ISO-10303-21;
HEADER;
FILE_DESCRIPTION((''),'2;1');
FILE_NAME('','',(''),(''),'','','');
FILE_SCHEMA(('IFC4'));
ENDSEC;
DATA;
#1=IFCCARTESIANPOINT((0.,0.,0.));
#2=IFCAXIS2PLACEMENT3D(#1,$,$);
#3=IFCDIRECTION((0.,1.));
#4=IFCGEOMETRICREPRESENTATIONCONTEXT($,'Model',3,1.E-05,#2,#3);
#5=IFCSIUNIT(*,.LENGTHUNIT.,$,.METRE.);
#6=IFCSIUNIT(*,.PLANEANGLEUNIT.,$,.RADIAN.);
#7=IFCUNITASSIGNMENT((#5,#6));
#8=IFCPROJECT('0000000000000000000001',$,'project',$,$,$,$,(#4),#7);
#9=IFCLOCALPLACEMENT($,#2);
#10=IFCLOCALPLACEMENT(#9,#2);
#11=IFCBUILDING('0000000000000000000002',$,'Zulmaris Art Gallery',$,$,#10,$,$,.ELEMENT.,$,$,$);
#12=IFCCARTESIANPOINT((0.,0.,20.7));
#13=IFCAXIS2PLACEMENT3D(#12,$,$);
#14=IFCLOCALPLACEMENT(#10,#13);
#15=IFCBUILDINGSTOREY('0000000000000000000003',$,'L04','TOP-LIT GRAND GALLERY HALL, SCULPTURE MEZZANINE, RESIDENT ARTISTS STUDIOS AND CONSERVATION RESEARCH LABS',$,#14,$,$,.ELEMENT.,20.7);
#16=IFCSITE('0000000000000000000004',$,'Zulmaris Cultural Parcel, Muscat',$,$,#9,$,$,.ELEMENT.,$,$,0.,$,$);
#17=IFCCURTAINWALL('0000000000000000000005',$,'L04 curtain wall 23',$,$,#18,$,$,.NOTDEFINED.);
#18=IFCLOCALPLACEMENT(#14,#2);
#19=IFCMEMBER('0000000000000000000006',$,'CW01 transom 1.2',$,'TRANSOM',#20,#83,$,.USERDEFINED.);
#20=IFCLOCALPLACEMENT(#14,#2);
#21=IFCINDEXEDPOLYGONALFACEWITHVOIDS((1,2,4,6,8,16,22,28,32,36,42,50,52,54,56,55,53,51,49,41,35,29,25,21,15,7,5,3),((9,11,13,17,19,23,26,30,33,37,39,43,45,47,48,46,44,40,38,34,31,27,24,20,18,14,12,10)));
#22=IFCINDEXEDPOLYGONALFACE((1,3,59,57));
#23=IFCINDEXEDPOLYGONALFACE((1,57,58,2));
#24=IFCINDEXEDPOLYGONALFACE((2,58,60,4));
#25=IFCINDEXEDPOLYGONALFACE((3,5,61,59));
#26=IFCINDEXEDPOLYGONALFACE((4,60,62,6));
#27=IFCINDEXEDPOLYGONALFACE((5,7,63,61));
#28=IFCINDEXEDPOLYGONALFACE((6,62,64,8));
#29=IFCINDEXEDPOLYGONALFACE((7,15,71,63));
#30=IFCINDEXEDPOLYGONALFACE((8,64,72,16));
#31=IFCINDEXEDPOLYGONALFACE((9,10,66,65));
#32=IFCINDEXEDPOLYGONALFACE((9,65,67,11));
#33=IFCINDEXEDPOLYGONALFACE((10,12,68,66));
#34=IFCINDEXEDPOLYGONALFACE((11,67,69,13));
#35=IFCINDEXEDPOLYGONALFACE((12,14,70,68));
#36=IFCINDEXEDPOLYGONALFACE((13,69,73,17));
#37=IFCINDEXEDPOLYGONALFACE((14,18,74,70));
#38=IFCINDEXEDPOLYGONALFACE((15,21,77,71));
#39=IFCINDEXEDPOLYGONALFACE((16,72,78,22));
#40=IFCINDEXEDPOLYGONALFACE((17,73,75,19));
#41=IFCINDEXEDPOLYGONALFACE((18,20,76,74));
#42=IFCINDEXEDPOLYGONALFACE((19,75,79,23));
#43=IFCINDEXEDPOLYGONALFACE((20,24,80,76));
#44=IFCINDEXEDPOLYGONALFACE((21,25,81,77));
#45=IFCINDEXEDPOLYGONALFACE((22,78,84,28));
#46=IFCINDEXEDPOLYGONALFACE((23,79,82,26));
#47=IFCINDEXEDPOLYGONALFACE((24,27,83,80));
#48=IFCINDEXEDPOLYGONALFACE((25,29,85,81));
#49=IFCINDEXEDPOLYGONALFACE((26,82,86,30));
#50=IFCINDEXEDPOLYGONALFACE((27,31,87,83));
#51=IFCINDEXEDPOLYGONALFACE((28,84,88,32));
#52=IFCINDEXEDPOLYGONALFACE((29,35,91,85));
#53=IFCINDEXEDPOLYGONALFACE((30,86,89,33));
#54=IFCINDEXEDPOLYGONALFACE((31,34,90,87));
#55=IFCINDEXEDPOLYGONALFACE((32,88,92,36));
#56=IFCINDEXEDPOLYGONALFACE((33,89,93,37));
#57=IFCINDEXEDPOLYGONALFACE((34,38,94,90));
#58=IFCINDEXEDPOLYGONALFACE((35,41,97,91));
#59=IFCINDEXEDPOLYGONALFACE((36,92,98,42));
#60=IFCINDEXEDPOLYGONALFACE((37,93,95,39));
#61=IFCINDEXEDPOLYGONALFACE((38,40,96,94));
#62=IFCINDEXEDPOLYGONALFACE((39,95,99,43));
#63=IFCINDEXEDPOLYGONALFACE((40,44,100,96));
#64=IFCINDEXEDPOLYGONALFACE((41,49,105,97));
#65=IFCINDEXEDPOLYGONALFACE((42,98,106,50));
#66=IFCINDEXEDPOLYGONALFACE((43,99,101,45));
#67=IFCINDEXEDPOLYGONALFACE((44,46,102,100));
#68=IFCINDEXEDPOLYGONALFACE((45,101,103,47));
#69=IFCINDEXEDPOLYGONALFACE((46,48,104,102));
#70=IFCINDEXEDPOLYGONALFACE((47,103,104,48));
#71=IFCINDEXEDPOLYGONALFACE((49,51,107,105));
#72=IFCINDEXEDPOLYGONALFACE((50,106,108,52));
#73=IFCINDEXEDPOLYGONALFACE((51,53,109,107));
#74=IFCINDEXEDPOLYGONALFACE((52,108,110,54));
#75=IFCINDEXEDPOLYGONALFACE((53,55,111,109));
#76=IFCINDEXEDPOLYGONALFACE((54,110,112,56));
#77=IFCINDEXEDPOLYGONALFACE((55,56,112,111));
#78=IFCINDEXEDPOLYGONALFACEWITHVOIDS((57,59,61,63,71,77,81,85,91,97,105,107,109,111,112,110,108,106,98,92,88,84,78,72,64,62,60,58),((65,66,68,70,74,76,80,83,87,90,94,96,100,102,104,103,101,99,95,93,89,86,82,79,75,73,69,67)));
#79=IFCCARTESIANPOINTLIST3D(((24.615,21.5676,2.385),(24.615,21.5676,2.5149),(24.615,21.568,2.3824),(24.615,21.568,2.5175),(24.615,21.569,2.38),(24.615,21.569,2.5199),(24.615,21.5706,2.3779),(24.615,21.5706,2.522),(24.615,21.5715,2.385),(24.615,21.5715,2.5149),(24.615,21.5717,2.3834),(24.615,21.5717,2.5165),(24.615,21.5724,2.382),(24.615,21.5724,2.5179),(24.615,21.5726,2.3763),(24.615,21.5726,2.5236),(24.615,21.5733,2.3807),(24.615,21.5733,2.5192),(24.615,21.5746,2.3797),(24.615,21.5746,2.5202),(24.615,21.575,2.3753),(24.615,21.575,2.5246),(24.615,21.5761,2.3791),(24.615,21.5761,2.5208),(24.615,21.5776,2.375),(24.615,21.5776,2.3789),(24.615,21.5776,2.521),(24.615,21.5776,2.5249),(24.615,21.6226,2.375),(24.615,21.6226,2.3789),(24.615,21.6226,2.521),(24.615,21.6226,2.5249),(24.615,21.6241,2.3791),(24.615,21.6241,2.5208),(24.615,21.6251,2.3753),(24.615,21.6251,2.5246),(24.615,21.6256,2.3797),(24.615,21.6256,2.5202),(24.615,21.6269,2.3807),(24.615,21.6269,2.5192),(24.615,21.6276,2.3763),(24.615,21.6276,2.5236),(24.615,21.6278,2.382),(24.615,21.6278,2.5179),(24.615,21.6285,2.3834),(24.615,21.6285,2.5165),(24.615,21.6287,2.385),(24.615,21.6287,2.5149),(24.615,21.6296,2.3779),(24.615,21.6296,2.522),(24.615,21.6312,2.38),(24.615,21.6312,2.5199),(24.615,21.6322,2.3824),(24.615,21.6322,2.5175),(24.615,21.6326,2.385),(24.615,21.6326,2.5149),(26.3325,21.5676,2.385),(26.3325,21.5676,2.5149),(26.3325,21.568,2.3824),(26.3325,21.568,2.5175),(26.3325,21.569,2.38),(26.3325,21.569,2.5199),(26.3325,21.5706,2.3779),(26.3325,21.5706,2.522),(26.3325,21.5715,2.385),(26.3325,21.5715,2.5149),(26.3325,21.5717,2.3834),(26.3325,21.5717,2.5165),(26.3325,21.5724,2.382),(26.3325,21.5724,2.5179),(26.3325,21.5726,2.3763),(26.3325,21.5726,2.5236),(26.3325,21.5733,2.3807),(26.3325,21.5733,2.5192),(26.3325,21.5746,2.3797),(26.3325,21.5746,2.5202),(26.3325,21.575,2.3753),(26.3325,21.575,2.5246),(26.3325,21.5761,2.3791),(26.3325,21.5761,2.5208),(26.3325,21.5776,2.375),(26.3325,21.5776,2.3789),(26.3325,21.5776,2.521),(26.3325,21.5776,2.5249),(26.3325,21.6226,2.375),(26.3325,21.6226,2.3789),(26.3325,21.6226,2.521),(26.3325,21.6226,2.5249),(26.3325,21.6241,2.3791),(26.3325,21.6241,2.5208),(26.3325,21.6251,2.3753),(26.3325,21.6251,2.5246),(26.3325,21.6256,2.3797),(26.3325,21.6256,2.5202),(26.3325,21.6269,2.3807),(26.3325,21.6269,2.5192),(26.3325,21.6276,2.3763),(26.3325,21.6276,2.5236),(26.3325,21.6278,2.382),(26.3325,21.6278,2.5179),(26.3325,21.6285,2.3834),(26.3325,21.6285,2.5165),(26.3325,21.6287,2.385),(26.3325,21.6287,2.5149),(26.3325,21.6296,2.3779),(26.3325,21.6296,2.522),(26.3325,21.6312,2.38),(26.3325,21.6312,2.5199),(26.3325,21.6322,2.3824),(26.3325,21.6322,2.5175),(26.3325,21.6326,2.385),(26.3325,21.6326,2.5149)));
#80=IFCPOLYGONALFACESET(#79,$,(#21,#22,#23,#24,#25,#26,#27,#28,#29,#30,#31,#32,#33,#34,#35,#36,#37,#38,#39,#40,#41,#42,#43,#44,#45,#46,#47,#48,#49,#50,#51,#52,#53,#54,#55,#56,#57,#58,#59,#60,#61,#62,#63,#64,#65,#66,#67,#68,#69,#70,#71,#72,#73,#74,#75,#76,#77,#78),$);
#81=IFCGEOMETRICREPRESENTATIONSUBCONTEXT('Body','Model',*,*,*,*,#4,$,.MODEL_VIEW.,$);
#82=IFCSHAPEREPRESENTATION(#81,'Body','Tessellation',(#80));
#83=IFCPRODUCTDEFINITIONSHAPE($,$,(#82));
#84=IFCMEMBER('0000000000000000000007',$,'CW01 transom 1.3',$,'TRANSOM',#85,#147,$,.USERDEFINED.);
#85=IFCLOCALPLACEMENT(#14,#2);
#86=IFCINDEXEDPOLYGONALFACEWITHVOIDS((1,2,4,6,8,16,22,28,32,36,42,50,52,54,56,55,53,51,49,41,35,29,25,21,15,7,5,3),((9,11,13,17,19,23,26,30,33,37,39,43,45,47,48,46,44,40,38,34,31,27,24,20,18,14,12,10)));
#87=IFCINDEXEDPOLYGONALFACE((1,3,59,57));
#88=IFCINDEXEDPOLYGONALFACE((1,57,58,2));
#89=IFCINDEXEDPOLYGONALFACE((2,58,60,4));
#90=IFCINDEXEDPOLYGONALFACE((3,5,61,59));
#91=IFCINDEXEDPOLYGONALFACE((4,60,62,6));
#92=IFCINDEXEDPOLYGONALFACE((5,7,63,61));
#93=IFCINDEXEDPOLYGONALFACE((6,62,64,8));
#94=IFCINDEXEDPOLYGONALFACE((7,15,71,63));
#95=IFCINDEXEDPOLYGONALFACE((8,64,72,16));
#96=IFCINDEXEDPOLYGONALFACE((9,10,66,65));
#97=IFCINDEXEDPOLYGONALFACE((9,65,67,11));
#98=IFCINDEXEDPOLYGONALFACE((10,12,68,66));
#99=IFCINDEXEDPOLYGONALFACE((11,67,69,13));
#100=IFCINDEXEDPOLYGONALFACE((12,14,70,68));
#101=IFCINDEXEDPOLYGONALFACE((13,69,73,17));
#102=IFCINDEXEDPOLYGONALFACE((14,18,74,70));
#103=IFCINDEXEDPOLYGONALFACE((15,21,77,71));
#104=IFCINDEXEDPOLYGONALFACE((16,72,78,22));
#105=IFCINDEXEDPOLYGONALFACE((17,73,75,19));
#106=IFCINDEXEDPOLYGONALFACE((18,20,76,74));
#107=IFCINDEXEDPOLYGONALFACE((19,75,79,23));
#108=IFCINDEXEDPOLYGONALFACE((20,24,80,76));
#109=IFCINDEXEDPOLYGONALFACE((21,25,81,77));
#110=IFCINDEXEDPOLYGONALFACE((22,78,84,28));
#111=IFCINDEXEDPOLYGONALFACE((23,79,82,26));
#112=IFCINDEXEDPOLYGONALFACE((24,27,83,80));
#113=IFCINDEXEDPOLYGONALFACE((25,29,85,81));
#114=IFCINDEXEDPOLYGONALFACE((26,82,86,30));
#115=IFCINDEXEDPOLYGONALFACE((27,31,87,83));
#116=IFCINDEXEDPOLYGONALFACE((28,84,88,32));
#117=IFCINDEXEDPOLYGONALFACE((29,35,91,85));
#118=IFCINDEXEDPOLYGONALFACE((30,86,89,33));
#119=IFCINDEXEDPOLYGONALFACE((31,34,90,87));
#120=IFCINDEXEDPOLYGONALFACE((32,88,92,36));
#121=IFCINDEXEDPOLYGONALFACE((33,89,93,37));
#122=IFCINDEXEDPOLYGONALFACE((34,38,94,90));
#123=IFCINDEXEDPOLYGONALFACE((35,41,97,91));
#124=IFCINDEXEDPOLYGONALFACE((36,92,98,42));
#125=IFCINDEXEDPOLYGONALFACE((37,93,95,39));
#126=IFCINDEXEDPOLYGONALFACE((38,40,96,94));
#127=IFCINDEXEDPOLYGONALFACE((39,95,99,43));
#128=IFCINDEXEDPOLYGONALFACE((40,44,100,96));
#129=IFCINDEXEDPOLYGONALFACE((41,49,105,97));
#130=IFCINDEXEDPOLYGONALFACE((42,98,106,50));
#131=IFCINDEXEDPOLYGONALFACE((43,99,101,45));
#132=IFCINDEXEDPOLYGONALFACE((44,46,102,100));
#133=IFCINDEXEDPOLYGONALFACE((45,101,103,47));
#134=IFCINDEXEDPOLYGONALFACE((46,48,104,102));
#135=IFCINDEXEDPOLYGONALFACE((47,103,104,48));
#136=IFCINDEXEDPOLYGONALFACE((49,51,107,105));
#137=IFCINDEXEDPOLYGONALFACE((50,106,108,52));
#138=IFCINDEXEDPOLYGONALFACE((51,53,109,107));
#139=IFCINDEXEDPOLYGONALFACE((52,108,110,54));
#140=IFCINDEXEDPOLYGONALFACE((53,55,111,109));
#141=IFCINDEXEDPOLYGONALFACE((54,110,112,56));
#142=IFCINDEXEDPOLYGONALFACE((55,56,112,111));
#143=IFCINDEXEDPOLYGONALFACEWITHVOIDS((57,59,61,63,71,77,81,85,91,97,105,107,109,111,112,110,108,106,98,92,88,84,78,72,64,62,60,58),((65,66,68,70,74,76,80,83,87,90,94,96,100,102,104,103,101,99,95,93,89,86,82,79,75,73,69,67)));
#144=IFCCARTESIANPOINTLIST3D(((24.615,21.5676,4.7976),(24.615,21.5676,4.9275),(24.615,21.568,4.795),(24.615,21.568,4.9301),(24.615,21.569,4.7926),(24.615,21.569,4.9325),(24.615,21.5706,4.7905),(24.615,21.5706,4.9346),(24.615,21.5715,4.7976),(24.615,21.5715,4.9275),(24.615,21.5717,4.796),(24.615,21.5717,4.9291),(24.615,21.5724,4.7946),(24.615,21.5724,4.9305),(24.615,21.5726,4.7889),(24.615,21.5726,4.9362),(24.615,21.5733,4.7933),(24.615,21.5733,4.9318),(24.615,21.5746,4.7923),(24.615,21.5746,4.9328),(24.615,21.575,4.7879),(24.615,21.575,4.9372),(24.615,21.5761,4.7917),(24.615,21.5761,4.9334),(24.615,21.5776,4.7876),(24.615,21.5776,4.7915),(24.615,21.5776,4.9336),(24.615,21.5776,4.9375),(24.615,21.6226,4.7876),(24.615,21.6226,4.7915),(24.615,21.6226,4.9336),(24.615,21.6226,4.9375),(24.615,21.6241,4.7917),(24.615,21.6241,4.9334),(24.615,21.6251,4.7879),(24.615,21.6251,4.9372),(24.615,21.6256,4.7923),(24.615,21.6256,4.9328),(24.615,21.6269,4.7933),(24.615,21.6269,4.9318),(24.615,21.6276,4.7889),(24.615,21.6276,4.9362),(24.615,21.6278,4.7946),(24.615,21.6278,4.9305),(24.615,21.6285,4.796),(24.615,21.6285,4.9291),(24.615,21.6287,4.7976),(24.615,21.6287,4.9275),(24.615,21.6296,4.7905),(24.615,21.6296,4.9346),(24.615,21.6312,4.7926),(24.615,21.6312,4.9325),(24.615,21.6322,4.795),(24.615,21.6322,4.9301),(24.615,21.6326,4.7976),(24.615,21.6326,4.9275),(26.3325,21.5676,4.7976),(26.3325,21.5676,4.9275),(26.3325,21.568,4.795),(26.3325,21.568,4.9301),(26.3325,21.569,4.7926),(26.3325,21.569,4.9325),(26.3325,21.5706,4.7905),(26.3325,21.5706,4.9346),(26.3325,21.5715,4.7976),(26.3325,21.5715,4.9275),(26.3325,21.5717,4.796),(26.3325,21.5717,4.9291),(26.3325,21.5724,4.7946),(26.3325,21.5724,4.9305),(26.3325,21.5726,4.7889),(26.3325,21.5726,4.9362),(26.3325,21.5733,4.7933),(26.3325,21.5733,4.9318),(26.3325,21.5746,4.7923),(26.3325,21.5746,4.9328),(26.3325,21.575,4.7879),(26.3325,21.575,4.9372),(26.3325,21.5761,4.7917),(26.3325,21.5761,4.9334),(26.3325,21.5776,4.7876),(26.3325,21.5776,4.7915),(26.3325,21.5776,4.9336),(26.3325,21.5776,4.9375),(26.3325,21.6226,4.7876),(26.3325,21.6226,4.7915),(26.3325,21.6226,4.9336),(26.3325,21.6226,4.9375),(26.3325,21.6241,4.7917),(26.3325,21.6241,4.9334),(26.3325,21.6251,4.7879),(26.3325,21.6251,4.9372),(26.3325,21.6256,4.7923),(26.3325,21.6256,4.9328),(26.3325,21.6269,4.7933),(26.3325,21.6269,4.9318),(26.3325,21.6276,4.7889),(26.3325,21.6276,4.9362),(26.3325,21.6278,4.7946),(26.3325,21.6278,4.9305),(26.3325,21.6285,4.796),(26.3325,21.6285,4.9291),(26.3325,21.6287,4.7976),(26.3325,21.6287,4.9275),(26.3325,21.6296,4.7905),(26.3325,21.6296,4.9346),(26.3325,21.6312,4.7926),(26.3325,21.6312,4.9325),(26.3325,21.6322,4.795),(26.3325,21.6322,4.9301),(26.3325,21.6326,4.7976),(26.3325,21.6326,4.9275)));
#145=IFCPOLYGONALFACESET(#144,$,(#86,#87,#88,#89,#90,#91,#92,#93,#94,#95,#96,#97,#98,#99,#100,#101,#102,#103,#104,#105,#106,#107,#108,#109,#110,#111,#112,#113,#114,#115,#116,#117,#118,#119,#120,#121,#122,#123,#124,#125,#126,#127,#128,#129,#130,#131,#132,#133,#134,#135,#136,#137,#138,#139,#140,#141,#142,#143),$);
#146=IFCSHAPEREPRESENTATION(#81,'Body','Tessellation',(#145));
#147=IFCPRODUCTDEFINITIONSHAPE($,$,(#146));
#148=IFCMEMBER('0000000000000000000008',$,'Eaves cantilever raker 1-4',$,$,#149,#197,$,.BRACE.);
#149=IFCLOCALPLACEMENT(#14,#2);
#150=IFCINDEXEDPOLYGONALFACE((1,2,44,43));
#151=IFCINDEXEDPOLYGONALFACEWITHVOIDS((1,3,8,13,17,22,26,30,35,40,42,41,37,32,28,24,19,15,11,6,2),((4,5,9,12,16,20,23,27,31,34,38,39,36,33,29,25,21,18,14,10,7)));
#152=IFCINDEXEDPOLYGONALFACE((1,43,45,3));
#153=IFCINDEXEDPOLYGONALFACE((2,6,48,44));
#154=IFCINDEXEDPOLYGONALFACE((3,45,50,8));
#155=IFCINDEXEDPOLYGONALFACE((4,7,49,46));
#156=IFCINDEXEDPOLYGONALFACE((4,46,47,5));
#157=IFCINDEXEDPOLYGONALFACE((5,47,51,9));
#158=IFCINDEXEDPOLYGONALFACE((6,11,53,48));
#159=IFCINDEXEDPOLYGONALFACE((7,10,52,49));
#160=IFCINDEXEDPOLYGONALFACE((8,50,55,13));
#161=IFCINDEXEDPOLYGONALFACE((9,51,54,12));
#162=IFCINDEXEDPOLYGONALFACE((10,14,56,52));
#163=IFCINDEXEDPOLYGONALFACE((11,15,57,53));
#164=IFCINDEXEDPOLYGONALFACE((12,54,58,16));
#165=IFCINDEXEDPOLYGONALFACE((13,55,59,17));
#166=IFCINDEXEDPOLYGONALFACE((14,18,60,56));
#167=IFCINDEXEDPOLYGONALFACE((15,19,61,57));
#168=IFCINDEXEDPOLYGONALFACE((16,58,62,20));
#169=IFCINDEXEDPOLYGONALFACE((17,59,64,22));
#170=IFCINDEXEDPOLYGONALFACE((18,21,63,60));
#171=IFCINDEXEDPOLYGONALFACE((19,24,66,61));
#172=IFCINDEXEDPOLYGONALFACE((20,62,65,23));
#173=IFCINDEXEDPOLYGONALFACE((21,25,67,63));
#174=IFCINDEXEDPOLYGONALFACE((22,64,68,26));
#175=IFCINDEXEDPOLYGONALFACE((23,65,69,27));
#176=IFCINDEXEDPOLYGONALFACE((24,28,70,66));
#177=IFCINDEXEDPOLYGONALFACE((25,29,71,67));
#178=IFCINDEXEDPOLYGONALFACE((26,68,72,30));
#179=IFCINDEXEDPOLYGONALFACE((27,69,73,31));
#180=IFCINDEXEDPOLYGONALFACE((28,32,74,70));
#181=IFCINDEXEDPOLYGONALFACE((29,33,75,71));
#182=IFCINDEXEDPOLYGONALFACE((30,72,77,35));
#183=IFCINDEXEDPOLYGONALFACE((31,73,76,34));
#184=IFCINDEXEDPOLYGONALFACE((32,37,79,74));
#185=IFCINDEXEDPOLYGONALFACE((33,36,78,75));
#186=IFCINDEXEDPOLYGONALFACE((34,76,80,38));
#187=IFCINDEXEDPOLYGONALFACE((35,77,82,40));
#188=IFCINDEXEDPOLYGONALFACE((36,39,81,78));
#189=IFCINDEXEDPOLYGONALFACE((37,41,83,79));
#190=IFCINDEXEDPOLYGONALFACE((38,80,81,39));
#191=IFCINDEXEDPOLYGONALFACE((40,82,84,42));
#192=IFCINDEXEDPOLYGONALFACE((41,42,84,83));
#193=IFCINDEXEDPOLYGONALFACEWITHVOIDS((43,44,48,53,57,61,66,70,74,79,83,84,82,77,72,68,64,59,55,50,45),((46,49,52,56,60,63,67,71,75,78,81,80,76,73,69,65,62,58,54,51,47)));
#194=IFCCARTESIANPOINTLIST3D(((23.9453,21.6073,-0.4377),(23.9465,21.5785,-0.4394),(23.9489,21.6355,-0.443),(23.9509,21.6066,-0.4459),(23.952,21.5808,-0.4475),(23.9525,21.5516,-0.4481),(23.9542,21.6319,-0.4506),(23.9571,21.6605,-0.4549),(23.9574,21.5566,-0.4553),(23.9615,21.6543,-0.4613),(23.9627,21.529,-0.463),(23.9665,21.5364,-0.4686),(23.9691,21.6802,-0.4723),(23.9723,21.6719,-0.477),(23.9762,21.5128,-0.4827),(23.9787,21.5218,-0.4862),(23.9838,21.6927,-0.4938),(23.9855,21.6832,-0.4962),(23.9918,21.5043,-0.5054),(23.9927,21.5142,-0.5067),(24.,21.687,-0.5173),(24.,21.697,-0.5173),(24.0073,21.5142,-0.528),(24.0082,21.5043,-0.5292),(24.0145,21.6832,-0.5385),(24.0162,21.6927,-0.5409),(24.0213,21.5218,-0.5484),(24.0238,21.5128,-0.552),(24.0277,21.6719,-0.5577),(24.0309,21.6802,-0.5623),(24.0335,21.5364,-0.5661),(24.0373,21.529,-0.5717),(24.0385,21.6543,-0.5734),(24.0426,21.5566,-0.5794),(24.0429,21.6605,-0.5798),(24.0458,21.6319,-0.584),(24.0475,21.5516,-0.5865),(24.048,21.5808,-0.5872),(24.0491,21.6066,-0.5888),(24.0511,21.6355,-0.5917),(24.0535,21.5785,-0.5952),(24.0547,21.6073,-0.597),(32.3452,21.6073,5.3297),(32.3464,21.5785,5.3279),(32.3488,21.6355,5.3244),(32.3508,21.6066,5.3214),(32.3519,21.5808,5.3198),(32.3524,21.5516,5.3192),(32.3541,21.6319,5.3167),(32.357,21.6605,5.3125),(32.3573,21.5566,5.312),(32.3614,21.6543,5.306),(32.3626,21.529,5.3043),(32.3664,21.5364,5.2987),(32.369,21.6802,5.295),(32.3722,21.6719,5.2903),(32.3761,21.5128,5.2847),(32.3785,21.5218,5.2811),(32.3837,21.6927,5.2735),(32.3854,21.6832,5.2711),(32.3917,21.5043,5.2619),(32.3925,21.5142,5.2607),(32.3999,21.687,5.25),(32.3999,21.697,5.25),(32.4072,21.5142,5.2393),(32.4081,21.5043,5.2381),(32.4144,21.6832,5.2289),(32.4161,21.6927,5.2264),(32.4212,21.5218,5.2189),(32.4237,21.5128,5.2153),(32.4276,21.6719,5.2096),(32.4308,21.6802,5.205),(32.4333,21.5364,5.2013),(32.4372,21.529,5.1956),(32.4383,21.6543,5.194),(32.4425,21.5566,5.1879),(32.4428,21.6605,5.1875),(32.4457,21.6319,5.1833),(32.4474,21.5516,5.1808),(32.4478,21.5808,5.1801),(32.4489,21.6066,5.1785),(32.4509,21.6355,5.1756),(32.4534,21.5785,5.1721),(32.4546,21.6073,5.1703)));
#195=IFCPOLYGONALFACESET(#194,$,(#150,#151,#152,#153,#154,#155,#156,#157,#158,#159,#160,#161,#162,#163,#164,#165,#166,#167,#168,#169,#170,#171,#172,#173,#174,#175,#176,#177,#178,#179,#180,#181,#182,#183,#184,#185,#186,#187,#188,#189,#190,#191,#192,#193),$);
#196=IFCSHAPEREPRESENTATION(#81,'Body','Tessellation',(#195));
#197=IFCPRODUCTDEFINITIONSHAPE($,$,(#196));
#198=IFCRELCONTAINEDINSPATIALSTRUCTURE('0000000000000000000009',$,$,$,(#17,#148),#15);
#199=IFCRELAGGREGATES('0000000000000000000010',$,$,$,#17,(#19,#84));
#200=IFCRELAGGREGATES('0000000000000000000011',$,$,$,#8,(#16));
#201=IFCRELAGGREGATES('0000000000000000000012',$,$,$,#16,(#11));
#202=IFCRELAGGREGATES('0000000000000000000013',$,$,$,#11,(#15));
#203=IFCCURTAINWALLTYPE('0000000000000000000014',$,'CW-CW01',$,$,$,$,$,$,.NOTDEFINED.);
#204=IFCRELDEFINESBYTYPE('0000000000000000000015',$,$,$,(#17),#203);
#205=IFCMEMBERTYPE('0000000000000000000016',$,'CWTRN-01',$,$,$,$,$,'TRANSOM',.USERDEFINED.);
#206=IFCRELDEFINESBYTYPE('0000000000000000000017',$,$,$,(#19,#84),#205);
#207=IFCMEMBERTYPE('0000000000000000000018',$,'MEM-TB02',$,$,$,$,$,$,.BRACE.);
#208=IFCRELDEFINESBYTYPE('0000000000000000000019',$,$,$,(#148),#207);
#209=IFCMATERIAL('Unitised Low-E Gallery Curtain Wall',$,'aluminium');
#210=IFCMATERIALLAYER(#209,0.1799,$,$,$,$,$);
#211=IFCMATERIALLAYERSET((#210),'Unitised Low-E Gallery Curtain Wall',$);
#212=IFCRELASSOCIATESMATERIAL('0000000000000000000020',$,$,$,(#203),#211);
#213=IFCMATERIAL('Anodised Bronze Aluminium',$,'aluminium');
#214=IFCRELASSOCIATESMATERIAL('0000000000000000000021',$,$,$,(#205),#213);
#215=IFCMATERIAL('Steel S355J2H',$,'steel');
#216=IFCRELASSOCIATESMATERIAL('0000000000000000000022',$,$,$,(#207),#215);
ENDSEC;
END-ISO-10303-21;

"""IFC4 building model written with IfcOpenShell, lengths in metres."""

from ifc_helpers import new_model, si_unit, direction, frame, origin, origin_2d, place, context, subcontext, project, spatial, hollow_rectangle, hollow_circle, extrude, material, layer, layer_set, material_profile, profile_set, type_object, element, aggregate, save


model = new_model("IFC4")

# Units and contexts
model_context = context("Model", 3, precision=1e-05, world=origin(), true_north=direction((0.0, 1.0)))
body_context = subcontext(model_context, "Body", "Model", "MODEL_VIEW")
ifc_project = project(units=[si_unit("LENGTHUNIT", "METRE"), si_unit("PLANEANGLEUNIT", "RADIAN")], contexts=[model_context])

# Site, building, storey
site_placement = place(None, origin())
site = spatial("IfcSite", under=ifc_project, at=site_placement, Name="Zulmaris Cultural Parcel, Muscat", CompositionType="ELEMENT", RefElevation=0.0)
building_placement = place(site_placement, origin())
building = spatial("IfcBuilding", under=site, at=building_placement, Name="Zulmaris Art Gallery", CompositionType="ELEMENT")
storey_placement = place(building_placement, frame((0.0, 0.0, 20.7)))
storey = spatial("IfcBuildingStorey", under=building, at=storey_placement, Name="L04", Description="TOP-LIT GRAND GALLERY HALL, SCULPTURE MEZZANINE, RESIDENT ARTISTS STUDIOS AND CONSERVATION RESEARCH LABS", CompositionType="ELEMENT", Elevation=20.7)

# Shared definitions
ifc_material_1 = material(Name="Unitised Low-E Gallery Curtain Wall", Category="aluminium")
ifc_layer_1 = layer(ifc_material_1, 0.1799)
ifc_layer_set_1 = layer_set([ifc_layer_1], Name="Unitised Low-E Gallery Curtain Wall")
curtain_wall_type_1 = type_object("IfcCurtainWallType", Name="CW-CW01", PredefinedType="NOTDEFINED", material=ifc_layer_set_1)
ifc_material_2 = material(Name="Anodised Bronze Aluminium", Category="aluminium")

# Curtain wall
curtain_wall_1_placement = place(storey_placement, origin())
curtain_wall_1 = element("IfcCurtainWall", 1, at=curtain_wall_1_placement, inside=storey, type_object=curtain_wall_type_1, Name="L04 curtain wall 23", PredefinedType="NOTDEFINED")

# Members
ifc_material_profile_1 = material_profile(ifc_material_2, hollow_rectangle(XDim=0.0649, YDim=0.1499, WallThickness=0.0039, InnerFilletRadius=0.0061, OuterFilletRadius=0.01, at=origin_2d()), Name="ALU 65x150x4")
ifc_profile_set_1 = profile_set([ifc_material_profile_1], Name="Anodised Bronze Aluminium")
member_type_1 = type_object("IfcMemberType", Name="CWTRN-01", ElementType="TRANSOM", PredefinedType="USERDEFINED", material=ifc_profile_set_1)
member_1_placement = place(storey_placement, frame((24.615, 21.6001, 2.45), z_axis=(1.0, 0.0, 0.0), x_axis=(0.0, 1.0, 0.0)))
member_1 = element("IfcMember", 2, at=member_1_placement, type_object=member_type_1, Name="CW01 transom 1.2", ObjectType="TRANSOM", PredefinedType="USERDEFINED", context=body_context, shape_type="SweptSolid", body=[
    extrude(hollow_rectangle(XDim=0.0649, YDim=0.1499, WallThickness=0.0039, InnerFilletRadius=0.0061, OuterFilletRadius=0.01, at=origin_2d()), origin(), (0.0, 0.0, 1.0), 1.7175),
])
member_2_placement = place(storey_placement, frame((24.615, 21.6001, 4.8625), z_axis=(1.0, 0.0, 0.0), x_axis=(0.0, 1.0, 0.0)))
member_2 = element("IfcMember", 3, at=member_2_placement, type_object=member_type_1, Name="CW01 transom 1.3", ObjectType="TRANSOM", PredefinedType="USERDEFINED", context=body_context, shape_type="SweptSolid", body=[
    extrude(hollow_rectangle(XDim=0.0649, YDim=0.1499, WallThickness=0.0039, InnerFilletRadius=0.0061, OuterFilletRadius=0.01, at=origin_2d()), origin(), (0.0, 0.0, 1.0), 1.7175),
])
aggregate(curtain_wall_1, [member_1, member_2])

# Member
ifc_material_3 = material(Name="Steel S355J2H", Category="steel")
ifc_material_profile_2 = material_profile(ifc_material_3, hollow_circle(Radius=0.0969, WallThickness=0.01, at=origin_2d()), Name="CHS 193.7x10")
ifc_profile_set_2 = profile_set([ifc_material_profile_2], Name="Steel S355J2H")
member_type_2 = type_object("IfcMemberType", Name="MEM-TB02", PredefinedType="BRACE", material=ifc_profile_set_2)
member_3_placement = place(storey_placement, frame((24.0, 21.6001, -0.5173), z_axis=(0.82439, 0.0, 0.566022), x_axis=(0.0, 1.0, 0.0)))
element("IfcMember", 4, at=member_3_placement, inside=storey, type_object=member_type_2, Name="Eaves cantilever raker 1-4", PredefinedType="BRACE", context=body_context, shape_type="SweptSolid", body=[
    extrude(hollow_circle(Radius=0.0969, WallThickness=0.01, at=origin_2d()), origin(), (0.0, 0.0, 1.0), 10.1892),
])

save(model, "model.ifc")
